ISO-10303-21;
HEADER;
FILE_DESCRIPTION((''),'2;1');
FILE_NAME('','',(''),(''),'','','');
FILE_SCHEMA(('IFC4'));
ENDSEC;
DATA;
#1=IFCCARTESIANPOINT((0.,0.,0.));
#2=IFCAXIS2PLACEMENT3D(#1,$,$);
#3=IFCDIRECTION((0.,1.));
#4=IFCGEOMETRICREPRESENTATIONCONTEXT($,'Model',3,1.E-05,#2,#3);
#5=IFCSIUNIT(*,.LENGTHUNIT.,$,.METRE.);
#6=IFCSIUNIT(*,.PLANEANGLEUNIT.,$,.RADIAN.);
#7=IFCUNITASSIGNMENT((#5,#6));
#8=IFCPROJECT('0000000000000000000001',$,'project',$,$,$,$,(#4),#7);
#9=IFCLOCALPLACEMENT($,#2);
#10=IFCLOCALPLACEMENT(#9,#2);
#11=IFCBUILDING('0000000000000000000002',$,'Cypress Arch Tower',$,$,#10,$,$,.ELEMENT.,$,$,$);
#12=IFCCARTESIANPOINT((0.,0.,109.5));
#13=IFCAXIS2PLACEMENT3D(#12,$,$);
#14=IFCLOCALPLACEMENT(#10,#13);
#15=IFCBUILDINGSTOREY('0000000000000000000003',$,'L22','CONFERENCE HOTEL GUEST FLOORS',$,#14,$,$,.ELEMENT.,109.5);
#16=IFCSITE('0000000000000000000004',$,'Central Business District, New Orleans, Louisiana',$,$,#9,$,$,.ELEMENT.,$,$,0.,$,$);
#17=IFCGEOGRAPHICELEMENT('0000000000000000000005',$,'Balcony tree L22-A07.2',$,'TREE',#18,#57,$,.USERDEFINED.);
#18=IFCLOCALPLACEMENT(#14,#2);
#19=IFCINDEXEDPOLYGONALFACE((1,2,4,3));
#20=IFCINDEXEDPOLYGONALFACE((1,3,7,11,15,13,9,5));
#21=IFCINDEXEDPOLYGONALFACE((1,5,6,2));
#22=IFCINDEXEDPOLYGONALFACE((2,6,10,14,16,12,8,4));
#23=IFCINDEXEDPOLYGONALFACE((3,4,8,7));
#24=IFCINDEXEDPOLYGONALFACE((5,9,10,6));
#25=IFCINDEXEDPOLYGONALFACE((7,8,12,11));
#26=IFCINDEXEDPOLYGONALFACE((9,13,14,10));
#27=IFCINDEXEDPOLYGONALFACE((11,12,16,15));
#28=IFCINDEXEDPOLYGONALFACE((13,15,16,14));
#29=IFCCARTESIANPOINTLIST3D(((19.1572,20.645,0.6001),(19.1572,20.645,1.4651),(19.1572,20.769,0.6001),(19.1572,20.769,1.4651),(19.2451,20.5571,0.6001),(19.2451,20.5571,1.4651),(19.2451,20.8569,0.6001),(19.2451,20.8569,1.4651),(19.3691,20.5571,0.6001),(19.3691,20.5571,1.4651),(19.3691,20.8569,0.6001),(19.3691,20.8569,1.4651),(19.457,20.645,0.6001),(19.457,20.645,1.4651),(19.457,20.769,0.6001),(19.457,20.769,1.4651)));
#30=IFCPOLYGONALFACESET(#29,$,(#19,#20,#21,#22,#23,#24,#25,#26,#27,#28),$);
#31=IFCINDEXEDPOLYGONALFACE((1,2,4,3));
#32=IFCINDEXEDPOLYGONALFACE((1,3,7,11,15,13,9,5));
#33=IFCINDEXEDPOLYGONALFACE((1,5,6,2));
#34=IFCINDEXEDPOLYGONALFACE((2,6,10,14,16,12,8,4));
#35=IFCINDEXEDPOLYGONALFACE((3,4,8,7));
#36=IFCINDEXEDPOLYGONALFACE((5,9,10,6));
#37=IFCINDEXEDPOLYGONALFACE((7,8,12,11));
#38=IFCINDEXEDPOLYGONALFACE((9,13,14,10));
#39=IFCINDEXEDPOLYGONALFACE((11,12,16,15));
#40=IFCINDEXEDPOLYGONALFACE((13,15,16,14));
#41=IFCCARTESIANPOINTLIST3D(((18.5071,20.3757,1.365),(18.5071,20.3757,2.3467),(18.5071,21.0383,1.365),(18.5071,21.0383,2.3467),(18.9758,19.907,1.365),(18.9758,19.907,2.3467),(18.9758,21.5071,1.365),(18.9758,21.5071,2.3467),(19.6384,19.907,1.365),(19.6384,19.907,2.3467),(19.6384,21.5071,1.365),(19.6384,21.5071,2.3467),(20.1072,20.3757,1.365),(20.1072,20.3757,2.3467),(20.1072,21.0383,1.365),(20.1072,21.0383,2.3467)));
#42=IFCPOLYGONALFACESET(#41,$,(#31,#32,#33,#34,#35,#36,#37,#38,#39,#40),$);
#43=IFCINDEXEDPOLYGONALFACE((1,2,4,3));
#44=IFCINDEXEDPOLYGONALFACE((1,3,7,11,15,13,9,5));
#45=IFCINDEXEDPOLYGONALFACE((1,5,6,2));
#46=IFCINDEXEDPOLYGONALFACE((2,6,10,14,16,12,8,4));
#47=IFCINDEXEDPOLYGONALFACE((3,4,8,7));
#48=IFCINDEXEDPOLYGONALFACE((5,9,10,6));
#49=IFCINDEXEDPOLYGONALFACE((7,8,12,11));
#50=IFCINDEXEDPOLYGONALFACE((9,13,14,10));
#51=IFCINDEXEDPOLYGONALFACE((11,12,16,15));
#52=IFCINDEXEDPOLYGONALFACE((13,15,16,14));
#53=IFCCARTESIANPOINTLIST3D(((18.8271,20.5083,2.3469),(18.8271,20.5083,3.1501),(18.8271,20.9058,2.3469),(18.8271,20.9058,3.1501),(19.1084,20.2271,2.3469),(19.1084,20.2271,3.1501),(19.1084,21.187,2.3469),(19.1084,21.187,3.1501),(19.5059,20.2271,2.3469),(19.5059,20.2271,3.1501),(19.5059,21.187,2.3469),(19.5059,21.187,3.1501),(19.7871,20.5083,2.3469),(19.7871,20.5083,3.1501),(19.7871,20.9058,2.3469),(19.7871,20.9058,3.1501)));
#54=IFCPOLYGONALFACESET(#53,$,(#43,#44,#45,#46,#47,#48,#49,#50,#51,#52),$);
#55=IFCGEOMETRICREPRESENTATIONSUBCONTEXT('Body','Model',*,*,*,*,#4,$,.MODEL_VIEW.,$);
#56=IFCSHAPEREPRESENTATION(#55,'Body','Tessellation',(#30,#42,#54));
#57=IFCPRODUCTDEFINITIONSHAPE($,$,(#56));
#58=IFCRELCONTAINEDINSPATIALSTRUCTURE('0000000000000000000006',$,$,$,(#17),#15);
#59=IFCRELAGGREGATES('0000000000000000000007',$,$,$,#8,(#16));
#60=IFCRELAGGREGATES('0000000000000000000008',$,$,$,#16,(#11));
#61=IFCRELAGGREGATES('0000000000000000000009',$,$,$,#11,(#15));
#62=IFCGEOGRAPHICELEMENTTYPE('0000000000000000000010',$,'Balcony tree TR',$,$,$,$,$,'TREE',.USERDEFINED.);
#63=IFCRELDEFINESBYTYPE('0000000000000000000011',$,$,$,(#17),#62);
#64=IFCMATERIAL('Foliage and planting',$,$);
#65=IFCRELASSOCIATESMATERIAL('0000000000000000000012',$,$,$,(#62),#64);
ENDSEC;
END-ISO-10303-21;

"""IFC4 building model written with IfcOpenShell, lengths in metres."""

from ifc_helpers import new_model, si_unit, direction, frame, origin, place, context, subcontext, project, spatial, polyline, outline, extrude, material, type_object, element, save


model = new_model("IFC4")

# Units and contexts
model_context = context("Model", 3, precision=1e-05, world=origin(), true_north=direction((0.0, 1.0)))
body_context = subcontext(model_context, "Body", "Model", "MODEL_VIEW")
ifc_project = project(units=[si_unit("LENGTHUNIT", "METRE"), si_unit("PLANEANGLEUNIT", "RADIAN")], contexts=[model_context])

# Site, building, storey
site_placement = place(None, origin())
site = spatial("IfcSite", under=ifc_project, at=site_placement, Name="Central Business District, New Orleans, Louisiana", CompositionType="ELEMENT", RefElevation=0.0)
building_placement = place(site_placement, origin())
building = spatial("IfcBuilding", under=site, at=building_placement, Name="Cypress Arch Tower", CompositionType="ELEMENT")
storey_placement = place(building_placement, frame((0.0, 0.0, 109.5)))
storey = spatial("IfcBuildingStorey", under=building, at=storey_placement, Name="L22", Description="CONFERENCE HOTEL GUEST FLOORS", CompositionType="ELEMENT", Elevation=109.5)

# Geographic element
ifc_material_1 = material(Name="Foliage and planting")
geographic_element_type = type_object("IfcGeographicElementType", Name="Balcony tree TR", ElementType="TREE", PredefinedType="USERDEFINED", material=ifc_material_1)
geographic_element_placement = place(storey_placement, frame((19.3071, 20.707, 0.6001), z_axis=(0.0, 0.0, 1.0), x_axis=(1.0, 0.0, 0.0)))
element("IfcGeographicElement", 1, at=geographic_element_placement, inside=storey, type_object=geographic_element_type, Name="Balcony tree L22-A07.2", ObjectType="TREE", PredefinedType="USERDEFINED", context=body_context, shape_type="SweptSolid", body=[
    extrude(outline(polyline([(0.1499, 0.062), (0.062, 0.1499), (-0.062, 0.1499), (-0.1499, 0.062), (-0.1499, -0.062), (-0.062, -0.1499), (0.062, -0.1499), (0.1499, -0.062), (0.1499, 0.062)])), origin(), (0.0, 0.0, 1.0), 0.865),
    extrude(outline(polyline([(0.8, 0.3313), (0.3313, 0.8), (-0.3313, 0.8), (-0.8, 0.3313), (-0.8, -0.3313), (-0.3313, -0.8), (0.3313, -0.8), (0.8, -0.3313), (0.8, 0.3313)])), frame((0.0, 0.0, 0.7649)), (0.0, 0.0, 1.0), 0.9817),
    extrude(outline(polyline([(0.48, 0.1987), (0.1987, 0.48), (-0.1987, 0.48), (-0.48, 0.1987), (-0.48, -0.1987), (-0.1987, -0.48), (0.1987, -0.48), (0.48, -0.1987), (0.48, 0.1987)])), frame((0.0, 0.0, 1.7468)), (0.0, 0.0, 1.0), 0.8032),
])

save(model, "model.ifc")
